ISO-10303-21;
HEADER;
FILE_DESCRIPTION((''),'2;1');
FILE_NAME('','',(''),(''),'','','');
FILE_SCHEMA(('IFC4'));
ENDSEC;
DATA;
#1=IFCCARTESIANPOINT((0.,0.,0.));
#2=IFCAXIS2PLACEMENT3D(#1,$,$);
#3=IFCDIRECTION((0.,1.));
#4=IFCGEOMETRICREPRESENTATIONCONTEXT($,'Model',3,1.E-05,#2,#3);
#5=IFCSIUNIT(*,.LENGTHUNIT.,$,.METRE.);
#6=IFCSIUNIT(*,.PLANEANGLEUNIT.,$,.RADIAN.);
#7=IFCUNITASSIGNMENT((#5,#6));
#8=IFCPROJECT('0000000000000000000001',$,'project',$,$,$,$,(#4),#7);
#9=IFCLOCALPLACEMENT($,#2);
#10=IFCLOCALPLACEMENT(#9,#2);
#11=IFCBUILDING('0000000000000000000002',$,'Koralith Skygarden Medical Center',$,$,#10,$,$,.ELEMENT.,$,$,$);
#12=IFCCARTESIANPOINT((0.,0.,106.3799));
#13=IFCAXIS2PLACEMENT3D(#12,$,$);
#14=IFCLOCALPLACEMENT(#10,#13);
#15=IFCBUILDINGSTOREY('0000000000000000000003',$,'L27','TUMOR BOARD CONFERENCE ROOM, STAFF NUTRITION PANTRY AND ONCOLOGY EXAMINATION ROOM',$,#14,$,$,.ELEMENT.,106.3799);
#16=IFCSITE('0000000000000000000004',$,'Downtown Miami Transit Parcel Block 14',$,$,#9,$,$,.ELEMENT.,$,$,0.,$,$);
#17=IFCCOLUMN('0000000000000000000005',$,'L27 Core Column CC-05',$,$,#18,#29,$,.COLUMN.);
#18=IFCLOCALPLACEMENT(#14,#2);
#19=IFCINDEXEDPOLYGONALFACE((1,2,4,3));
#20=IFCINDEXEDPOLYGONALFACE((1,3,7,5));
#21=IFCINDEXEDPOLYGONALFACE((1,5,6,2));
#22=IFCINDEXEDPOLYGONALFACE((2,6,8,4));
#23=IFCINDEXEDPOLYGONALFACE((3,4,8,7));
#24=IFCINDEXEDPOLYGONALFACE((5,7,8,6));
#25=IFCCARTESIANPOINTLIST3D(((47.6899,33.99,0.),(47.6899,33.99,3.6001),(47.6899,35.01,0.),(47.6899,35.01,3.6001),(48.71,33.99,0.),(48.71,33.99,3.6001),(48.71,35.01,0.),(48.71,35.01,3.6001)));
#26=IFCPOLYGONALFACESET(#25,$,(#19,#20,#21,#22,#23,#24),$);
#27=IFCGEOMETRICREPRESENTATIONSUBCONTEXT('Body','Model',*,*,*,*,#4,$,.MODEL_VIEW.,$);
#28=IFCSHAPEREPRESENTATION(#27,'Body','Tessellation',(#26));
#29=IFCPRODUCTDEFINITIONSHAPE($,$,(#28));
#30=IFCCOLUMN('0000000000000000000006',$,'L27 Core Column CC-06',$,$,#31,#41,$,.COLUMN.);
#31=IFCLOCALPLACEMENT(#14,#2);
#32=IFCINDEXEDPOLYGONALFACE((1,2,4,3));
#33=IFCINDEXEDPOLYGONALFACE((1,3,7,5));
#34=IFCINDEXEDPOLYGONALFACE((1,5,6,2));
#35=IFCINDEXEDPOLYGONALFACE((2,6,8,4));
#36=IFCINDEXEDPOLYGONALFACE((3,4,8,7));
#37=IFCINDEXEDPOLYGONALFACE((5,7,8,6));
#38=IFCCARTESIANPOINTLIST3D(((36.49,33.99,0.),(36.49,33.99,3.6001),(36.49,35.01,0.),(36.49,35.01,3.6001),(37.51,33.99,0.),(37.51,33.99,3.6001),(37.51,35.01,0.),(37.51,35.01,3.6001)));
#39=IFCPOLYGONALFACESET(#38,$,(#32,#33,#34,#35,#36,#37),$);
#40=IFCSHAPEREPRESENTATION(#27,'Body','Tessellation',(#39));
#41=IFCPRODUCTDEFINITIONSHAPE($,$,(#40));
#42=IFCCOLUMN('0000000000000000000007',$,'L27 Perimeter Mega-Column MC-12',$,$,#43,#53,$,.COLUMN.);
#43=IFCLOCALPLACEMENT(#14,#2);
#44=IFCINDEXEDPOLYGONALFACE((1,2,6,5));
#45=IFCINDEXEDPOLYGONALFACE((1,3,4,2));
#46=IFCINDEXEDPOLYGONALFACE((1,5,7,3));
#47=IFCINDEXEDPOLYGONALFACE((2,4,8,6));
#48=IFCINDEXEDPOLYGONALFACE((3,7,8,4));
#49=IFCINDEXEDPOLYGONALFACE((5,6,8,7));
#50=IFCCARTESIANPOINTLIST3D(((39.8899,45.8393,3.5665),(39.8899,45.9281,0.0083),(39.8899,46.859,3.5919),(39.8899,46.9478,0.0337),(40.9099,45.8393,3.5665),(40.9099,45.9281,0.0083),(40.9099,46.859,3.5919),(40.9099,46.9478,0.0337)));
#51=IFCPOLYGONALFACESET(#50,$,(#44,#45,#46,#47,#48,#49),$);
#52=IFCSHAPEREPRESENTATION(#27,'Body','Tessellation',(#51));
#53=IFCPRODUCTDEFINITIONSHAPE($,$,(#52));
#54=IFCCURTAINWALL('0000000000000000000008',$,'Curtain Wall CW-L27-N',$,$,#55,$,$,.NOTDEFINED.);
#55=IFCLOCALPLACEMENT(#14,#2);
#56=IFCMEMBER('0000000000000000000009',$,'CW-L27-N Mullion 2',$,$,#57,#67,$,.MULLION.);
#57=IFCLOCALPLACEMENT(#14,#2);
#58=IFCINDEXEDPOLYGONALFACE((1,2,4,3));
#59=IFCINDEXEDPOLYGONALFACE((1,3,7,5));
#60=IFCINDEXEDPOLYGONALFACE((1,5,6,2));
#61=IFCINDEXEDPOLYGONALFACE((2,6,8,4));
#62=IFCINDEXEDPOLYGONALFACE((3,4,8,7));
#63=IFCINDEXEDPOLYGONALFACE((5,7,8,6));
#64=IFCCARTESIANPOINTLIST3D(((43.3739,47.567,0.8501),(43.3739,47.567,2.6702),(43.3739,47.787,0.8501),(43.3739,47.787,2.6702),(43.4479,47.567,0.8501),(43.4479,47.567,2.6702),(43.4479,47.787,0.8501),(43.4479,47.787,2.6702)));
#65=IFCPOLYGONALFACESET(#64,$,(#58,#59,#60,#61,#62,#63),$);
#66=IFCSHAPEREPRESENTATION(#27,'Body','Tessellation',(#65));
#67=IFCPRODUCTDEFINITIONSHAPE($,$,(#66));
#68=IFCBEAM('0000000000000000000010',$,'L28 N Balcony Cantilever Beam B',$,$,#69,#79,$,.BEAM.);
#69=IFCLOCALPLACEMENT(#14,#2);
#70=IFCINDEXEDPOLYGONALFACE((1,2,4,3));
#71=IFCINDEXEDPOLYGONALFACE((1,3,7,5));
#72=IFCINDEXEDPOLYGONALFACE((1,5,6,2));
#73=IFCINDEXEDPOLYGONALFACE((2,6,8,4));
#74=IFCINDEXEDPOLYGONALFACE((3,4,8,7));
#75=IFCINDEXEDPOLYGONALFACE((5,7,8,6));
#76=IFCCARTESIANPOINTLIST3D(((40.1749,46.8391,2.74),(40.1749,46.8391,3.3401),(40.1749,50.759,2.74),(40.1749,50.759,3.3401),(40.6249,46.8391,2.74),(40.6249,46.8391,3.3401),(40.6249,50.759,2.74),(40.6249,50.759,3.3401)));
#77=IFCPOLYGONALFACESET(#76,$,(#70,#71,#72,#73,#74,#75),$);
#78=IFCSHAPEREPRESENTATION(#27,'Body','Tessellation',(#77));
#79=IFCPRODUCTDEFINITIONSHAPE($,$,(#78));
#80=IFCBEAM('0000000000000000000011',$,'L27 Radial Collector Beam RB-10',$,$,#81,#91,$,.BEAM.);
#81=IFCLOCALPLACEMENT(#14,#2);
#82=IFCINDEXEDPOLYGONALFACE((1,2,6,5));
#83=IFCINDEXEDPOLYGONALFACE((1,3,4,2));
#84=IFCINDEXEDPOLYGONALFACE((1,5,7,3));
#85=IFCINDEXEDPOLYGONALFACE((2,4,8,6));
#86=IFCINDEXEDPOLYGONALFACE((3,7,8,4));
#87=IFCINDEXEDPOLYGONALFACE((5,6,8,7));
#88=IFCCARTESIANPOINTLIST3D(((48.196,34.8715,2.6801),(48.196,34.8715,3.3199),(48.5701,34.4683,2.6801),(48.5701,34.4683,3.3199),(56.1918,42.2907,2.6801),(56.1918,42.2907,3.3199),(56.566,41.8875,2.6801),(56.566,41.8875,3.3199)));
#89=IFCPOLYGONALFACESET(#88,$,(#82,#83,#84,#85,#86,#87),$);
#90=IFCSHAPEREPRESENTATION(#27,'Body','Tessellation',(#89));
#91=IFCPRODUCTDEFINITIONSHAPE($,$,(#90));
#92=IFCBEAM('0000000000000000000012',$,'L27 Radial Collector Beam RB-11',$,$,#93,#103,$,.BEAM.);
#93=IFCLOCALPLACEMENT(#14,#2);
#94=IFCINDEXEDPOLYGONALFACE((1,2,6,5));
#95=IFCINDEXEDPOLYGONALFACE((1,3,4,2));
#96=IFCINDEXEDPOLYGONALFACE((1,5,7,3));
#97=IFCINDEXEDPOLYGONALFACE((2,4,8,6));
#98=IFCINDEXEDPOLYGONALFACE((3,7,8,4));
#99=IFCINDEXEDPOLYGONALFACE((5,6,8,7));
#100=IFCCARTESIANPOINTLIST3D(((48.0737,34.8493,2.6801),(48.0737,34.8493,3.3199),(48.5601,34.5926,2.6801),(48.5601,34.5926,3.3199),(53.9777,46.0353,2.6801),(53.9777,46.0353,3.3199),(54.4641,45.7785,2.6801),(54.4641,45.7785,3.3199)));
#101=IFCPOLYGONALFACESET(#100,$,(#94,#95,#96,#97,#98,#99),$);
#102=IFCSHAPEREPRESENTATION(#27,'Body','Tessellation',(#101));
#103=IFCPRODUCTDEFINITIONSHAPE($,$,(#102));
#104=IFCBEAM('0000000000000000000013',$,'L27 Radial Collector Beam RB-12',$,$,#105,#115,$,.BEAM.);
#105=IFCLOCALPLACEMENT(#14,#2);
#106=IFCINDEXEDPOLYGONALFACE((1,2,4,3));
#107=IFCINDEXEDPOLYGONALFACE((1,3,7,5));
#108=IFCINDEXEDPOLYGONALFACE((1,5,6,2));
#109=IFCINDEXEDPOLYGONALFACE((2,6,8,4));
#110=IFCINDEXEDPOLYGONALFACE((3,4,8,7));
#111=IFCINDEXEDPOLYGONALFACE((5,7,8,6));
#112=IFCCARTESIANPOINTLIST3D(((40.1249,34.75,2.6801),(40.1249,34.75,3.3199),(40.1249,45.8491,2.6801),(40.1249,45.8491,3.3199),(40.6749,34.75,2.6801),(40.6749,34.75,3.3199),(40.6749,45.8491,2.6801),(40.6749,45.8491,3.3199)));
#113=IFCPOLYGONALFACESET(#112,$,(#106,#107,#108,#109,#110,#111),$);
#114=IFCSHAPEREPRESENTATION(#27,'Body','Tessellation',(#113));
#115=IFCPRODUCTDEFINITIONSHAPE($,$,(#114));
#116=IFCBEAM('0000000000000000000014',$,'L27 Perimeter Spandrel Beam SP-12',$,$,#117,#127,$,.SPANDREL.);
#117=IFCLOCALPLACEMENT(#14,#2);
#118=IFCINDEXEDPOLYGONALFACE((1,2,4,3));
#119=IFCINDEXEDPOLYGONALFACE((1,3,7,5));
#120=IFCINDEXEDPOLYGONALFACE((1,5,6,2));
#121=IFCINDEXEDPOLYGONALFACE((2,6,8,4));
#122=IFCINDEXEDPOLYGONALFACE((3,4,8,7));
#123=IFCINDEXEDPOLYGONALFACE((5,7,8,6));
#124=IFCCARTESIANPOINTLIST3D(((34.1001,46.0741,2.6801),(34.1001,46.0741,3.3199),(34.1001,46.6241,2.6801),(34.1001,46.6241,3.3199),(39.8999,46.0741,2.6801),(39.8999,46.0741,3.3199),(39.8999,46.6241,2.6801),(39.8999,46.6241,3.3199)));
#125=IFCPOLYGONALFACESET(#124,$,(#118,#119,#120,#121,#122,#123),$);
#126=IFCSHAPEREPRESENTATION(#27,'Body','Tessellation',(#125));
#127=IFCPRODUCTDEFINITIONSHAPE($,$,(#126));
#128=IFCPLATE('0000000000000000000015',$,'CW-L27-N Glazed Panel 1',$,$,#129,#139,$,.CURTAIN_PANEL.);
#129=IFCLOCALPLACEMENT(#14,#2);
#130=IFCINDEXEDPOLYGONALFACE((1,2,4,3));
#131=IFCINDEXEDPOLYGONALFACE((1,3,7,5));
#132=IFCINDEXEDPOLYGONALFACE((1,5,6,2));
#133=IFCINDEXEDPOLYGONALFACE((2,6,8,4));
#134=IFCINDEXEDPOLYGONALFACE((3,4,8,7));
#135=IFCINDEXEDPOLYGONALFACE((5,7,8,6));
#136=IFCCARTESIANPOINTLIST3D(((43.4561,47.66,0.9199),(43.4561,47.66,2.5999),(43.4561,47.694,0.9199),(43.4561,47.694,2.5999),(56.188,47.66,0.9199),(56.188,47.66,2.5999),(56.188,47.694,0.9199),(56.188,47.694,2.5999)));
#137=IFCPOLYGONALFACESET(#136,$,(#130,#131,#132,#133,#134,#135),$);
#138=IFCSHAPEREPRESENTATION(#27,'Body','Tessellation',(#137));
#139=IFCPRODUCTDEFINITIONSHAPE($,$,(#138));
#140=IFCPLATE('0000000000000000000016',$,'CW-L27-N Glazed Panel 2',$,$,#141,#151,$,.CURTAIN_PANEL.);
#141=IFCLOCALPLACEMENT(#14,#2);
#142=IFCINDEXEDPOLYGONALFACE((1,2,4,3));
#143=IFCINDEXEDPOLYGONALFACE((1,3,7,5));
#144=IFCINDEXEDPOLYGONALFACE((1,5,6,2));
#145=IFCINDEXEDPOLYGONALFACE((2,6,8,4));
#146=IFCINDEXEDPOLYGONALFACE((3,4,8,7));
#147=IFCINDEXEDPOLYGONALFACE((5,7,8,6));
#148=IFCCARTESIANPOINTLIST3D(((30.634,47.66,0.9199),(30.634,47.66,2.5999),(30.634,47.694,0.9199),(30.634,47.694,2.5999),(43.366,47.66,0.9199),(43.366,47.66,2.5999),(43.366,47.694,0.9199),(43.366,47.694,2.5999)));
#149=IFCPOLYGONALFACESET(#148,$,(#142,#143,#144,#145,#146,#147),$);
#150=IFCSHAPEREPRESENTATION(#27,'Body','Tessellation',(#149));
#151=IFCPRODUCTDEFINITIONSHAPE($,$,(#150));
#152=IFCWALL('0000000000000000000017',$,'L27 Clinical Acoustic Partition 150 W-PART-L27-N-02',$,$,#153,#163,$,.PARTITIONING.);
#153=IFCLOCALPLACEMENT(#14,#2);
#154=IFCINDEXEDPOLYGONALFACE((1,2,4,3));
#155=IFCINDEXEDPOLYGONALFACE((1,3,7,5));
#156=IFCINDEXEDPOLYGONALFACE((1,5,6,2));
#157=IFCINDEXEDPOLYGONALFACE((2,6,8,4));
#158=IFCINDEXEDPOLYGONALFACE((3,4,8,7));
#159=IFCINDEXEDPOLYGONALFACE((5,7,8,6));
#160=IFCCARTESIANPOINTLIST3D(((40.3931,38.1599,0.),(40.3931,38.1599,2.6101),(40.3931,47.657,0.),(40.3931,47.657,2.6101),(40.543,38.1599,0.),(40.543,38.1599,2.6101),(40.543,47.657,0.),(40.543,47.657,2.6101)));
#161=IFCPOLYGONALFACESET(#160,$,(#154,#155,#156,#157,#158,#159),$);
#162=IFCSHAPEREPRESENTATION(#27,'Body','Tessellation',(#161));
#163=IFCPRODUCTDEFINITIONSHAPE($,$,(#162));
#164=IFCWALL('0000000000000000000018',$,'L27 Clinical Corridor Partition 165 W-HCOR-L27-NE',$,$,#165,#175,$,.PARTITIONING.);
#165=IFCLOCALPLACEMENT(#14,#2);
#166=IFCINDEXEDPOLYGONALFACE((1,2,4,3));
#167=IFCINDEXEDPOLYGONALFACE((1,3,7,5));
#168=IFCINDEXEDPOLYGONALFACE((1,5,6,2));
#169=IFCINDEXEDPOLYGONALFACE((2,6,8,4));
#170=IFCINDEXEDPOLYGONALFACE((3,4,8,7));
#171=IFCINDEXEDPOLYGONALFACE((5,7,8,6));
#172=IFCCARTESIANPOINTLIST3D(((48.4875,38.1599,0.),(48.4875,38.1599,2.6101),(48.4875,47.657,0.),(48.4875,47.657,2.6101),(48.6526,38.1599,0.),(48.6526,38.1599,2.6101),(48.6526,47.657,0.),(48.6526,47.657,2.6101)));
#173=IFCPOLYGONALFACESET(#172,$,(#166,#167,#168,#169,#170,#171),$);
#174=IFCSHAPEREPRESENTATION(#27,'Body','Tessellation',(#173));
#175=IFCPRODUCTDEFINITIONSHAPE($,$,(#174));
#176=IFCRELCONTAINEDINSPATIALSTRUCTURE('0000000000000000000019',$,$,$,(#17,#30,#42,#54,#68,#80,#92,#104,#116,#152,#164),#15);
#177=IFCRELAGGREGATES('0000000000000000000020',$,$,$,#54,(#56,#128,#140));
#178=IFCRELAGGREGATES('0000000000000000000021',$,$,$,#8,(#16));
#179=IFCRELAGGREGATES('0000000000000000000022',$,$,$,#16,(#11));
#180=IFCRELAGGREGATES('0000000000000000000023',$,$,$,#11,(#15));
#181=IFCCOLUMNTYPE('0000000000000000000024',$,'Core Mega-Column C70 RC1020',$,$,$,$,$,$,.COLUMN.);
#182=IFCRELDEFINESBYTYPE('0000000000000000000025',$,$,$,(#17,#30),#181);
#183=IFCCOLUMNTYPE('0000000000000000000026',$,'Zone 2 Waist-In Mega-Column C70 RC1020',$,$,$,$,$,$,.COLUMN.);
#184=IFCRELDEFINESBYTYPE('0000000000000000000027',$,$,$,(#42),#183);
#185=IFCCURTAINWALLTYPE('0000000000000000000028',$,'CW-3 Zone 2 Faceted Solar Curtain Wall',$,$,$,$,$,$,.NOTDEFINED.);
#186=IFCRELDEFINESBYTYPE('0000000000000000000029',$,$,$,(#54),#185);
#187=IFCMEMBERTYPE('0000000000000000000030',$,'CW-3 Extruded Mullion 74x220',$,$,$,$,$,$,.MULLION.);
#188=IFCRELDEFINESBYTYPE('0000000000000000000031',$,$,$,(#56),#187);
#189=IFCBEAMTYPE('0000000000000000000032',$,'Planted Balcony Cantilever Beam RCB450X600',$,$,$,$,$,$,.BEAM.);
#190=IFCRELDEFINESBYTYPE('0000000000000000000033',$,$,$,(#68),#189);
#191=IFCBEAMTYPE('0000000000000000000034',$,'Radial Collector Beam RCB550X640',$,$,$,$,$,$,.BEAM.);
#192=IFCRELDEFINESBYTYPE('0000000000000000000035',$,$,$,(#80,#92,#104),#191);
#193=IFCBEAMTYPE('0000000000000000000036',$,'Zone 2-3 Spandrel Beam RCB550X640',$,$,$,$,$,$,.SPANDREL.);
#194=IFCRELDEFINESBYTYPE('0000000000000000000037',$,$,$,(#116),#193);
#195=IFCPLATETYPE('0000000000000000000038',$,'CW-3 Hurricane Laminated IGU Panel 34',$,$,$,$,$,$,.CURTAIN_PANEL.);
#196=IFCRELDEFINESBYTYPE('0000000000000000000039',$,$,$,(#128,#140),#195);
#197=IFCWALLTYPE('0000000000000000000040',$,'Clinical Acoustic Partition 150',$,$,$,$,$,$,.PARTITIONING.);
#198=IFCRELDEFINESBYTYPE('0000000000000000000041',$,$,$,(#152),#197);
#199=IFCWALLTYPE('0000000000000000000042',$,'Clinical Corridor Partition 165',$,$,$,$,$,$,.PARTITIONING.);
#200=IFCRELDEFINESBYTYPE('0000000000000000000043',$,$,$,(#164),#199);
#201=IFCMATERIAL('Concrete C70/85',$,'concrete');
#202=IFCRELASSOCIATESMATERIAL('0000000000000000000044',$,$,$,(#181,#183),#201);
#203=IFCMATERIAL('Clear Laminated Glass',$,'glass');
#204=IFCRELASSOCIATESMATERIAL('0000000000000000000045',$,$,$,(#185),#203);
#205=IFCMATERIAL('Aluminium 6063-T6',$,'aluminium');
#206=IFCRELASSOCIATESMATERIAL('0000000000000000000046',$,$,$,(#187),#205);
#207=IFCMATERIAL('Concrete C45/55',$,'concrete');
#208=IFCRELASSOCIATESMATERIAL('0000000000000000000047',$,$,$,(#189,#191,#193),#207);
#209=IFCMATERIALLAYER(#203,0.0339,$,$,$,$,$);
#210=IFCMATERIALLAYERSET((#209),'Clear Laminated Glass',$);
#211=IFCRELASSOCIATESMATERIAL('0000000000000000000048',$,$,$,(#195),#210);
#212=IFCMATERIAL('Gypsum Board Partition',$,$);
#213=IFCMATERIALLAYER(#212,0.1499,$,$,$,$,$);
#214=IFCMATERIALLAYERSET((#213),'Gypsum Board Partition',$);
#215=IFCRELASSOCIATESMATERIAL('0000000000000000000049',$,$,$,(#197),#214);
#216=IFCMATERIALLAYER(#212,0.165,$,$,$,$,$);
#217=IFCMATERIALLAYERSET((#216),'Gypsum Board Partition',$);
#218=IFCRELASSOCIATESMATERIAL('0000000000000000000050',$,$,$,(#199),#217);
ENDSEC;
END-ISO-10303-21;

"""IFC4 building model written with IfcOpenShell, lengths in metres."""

from ifc_helpers import new_model, si_unit, direction, frame, frame_2d, origin, origin_2d, place, context, subcontext, project, spatial, rectangle, extrude, material, layer, layer_set, material_profile, profile_set, type_object, element, aggregate, save


model = new_model("IFC4")

# Units and contexts
model_context = context("Model", 3, precision=1e-05, world=origin(), true_north=direction((0.0, 1.0)))
body_context = subcontext(model_context, "Body", "Model", "MODEL_VIEW")
ifc_project = project(units=[si_unit("LENGTHUNIT", "METRE"), si_unit("PLANEANGLEUNIT", "RADIAN")], contexts=[model_context])

# Site, building, storey
site_placement = place(None, origin())
site = spatial("IfcSite", under=ifc_project, at=site_placement, Name="Downtown Miami Transit Parcel Block 14", CompositionType="ELEMENT", RefElevation=0.0)
building_placement = place(site_placement, origin())
building = spatial("IfcBuilding", under=site, at=building_placement, Name="Koralith Skygarden Medical Center", CompositionType="ELEMENT")
storey_placement = place(building_placement, frame((0.0, 0.0, 106.3799)))
storey = spatial("IfcBuildingStorey", under=building, at=storey_placement, Name="L27", Description="TUMOR BOARD CONFERENCE ROOM, STAFF NUTRITION PANTRY AND ONCOLOGY EXAMINATION ROOM", CompositionType="ELEMENT", Elevation=106.3799)

# Columns
ifc_material_1 = material(Name="Concrete C70/85", Category="concrete")
ifc_material_profile_1 = material_profile(ifc_material_1, rectangle(XDim=1.02, YDim=1.02, at=origin_2d()), Name="RC1020X1020")
ifc_profile_set_1 = profile_set([ifc_material_profile_1], Name="Concrete C70/85")
column_type_1 = type_object("IfcColumnType", Name="Core Mega-Column C70 RC1020", PredefinedType="COLUMN", material=ifc_profile_set_1)
for number, where, z_axis, x_axis, name in (
    (1, (48.2, 34.5, 0.0), (0.0, 0.0, 1.0), (1.0, 0.0, 0.0), "L27 Core Column CC-05"),
    (2, (37.0, 34.5, 0.0), (0.0, 0.0, 1.0), (1.0, 0.0, 0.0), "L27 Core Column CC-06"),
):
    element("IfcColumn", number, at=place(storey_placement, frame(where, z_axis=z_axis, x_axis=x_axis)), inside=storey, type_object=column_type_1, Name=name, PredefinedType="COLUMN", context=body_context, shape_type="SweptSolid", body=[
        extrude(rectangle(XDim=1.02, YDim=1.02, at=origin_2d()), origin(), (0.0, 0.0, 1.0), 3.6001),
    ])
ifc_material_profile_2 = material_profile(ifc_material_1, rectangle(XDim=1.02, YDim=1.02, at=origin_2d()), Name="RC1020X1020")
ifc_profile_set_2 = profile_set([ifc_material_profile_2], Name="Concrete C70/85")
column_type_2 = type_object("IfcColumnType", Name="Zone 2 Waist-In Mega-Column C70 RC1020", PredefinedType="COLUMN", material=ifc_profile_set_2)
column_placement = place(storey_placement, frame((40.3999, 46.438, 0.021), z_axis=(0.0, -0.024968, 0.999688), x_axis=(1.0, 0.0, 0.0)))
element("IfcColumn", 3, at=column_placement, inside=storey, type_object=column_type_2, Name="L27 Perimeter Mega-Column MC-12", PredefinedType="COLUMN", context=body_context, shape_type="SweptSolid", body=[
    extrude(rectangle(XDim=1.02, YDim=1.02, at=origin_2d()), origin(), (0.0, 0.0, 1.0), 3.5593),
])

# Curtain wall, member
ifc_material_2 = material(Name="Clear Laminated Glass", Category="glass")
curtain_wall_type = type_object("IfcCurtainWallType", Name="CW-3 Zone 2 Faceted Solar Curtain Wall", PredefinedType="NOTDEFINED", material=ifc_material_2)
curtain_wall_placement = place(storey_placement, origin())
curtain_wall = element("IfcCurtainWall", 4, at=curtain_wall_placement, inside=storey, type_object=curtain_wall_type, Name="Curtain Wall CW-L27-N", PredefinedType="NOTDEFINED")
ifc_material_3 = material(Name="Aluminium 6063-T6", Category="aluminium")
ifc_material_profile_3 = material_profile(ifc_material_3, rectangle(XDim=0.074, YDim=0.22, at=origin_2d()), Name="MUL74X220")
ifc_profile_set_3 = profile_set([ifc_material_profile_3], Name="Aluminium 6063-T6")
member_type = type_object("IfcMemberType", Name="CW-3 Extruded Mullion 74x220", PredefinedType="MULLION", material=ifc_profile_set_3)
member_placement = place(storey_placement, frame((43.4109, 47.677, 0.8501), z_axis=(0.0, 0.0, 1.0), x_axis=(1.0, 0.0, 0.0)))
member = element("IfcMember", 5, at=member_placement, type_object=member_type, Name="CW-L27-N Mullion 2", PredefinedType="MULLION", context=body_context, shape_type="SweptSolid", body=[
    extrude(rectangle(XDim=0.074, YDim=0.22, at=origin_2d()), origin(), (0.0, 0.0, 1.0), 1.8201),
])

# Beams
ifc_material_4 = material(Name="Concrete C45/55", Category="concrete")
ifc_material_profile_4 = material_profile(ifc_material_4, rectangle(XDim=0.45, YDim=0.6001, at=origin_2d()), Name="RCB450X600")
ifc_profile_set_4 = profile_set([ifc_material_profile_4], Name="Concrete C45/55")
beam_type_1 = type_object("IfcBeamType", Name="Planted Balcony Cantilever Beam RCB450X600", PredefinedType="BEAM", material=ifc_profile_set_4)
beam_1_placement = place(storey_placement, frame((40.3999, 46.8391, 3.04), z_axis=(0.0, 1.0, 0.0), x_axis=(-1.0, 0.0, 0.0)))
element("IfcBeam", 6, at=beam_1_placement, inside=storey, type_object=beam_type_1, Name="L28 N Balcony Cantilever Beam B", PredefinedType="BEAM", context=body_context, shape_type="SweptSolid", body=[
    extrude(rectangle(XDim=0.45, YDim=0.6001, at=origin_2d()), origin(), (0.0, 0.0, 1.0), 3.9199),
])
ifc_material_profile_5 = material_profile(ifc_material_4, rectangle(XDim=0.55, YDim=0.6399, at=origin_2d()), Name="RCB550X640")
ifc_profile_set_5 = profile_set([ifc_material_profile_5], Name="Concrete C45/55")
beam_type_2 = type_object("IfcBeamType", Name="Radial Collector Beam RCB550X640", PredefinedType="BEAM", material=ifc_profile_set_5)
beam_2_placement = place(storey_placement, frame((48.3831, 34.6699, 3.0), z_axis=(0.733046, 0.680179, 0.0), x_axis=(-0.680179, 0.733046, 0.0)))
element("IfcBeam", 7, at=beam_2_placement, inside=storey, type_object=beam_type_2, Name="L27 Radial Collector Beam RB-10", PredefinedType="BEAM", context=body_context, shape_type="SweptSolid", body=[
    extrude(rectangle(XDim=0.55, YDim=0.6399, at=origin_2d()), origin(), (0.0, 0.0, 1.0), 10.9077),
])
beam_3_placement = place(storey_placement, frame((48.3169, 34.7209, 3.0), z_axis=(0.466778, 0.884375, 0.0), x_axis=(-0.884375, 0.466778, 0.0)))
element("IfcBeam", 8, at=beam_3_placement, inside=storey, type_object=beam_type_2, Name="L27 Radial Collector Beam RB-11", PredefinedType="BEAM", context=body_context, shape_type="SweptSolid", body=[
    extrude(rectangle(XDim=0.55, YDim=0.6399, at=origin_2d()), origin(), (0.0, 0.0, 1.0), 12.6484),
])
beam_4_placement = place(storey_placement, frame((40.3999, 34.75, 3.0), z_axis=(0.0, 1.0, 0.0), x_axis=(-1.0, 0.0, 0.0)))
element("IfcBeam", 9, at=beam_4_placement, inside=storey, type_object=beam_type_2, Name="L27 Radial Collector Beam RB-12", PredefinedType="BEAM", context=body_context, shape_type="SweptSolid", body=[
    extrude(rectangle(XDim=0.55, YDim=0.6399, at=origin_2d()), origin(), (0.0, 0.0, 1.0), 11.0991),
])
ifc_material_profile_6 = material_profile(ifc_material_4, rectangle(XDim=0.55, YDim=0.6399, at=origin_2d()), Name="RCB550X640")
ifc_profile_set_6 = profile_set([ifc_material_profile_6], Name="Concrete C45/55")
beam_type_3 = type_object("IfcBeamType", Name="Zone 2-3 Spandrel Beam RCB550X640", PredefinedType="SPANDREL", material=ifc_profile_set_6)
beam_5_placement = place(storey_placement, frame((39.8999, 46.3491, 3.0), z_axis=(-1.0, 0.0, 0.0), x_axis=(0.0, -1.0, 0.0)))
element("IfcBeam", 10, at=beam_5_placement, inside=storey, type_object=beam_type_3, Name="L27 Perimeter Spandrel Beam SP-12", PredefinedType="SPANDREL", context=body_context, shape_type="SweptSolid", body=[
    extrude(rectangle(XDim=0.55, YDim=0.6399, at=origin_2d()), origin(), (0.0, 0.0, 1.0), 5.7998),
])

# Plates
ifc_layer_1 = layer(ifc_material_2, 0.0339)
ifc_layer_set_1 = layer_set([ifc_layer_1], Name="Clear Laminated Glass")
plate_type = type_object("IfcPlateType", Name="CW-3 Hurricane Laminated IGU Panel 34", PredefinedType="CURTAIN_PANEL", material=ifc_layer_set_1)
plate_1_placement = place(storey_placement, frame((49.822, 47.677, 0.9199), z_axis=(0.0, 0.0, 1.0), x_axis=(-1.0, 0.0, 0.0)))
plate_1 = element("IfcPlate", 11, at=plate_1_placement, type_object=plate_type, Name="CW-L27-N Glazed Panel 1", PredefinedType="CURTAIN_PANEL", context=body_context, shape_type="SweptSolid", body=[
    extrude(rectangle(XDim=12.7319, YDim=0.0339, at=origin_2d()), origin(), (0.0, 0.0, 1.0), 1.6799),
])
plate_2_placement = place(storey_placement, frame((37.0, 47.677, 0.9199), z_axis=(0.0, 0.0, 1.0), x_axis=(-1.0, 0.0, 0.0)))
plate_2 = element("IfcPlate", 12, at=plate_2_placement, type_object=plate_type, Name="CW-L27-N Glazed Panel 2", PredefinedType="CURTAIN_PANEL", context=body_context, shape_type="SweptSolid", body=[
    extrude(rectangle(XDim=12.7319, YDim=0.0339, at=origin_2d()), origin(), (0.0, 0.0, 1.0), 1.6799),
])
aggregate(curtain_wall, [member, plate_1, plate_2])

# Walls
ifc_material_5 = material(Name="Gypsum Board Partition")
ifc_layer_2 = layer(ifc_material_5, 0.1499)
ifc_layer_set_2 = layer_set([ifc_layer_2], Name="Gypsum Board Partition")
wall_type_1 = type_object("IfcWallType", Name="Clinical Acoustic Partition 150", PredefinedType="PARTITIONING", material=ifc_layer_set_2)
wall_1_placement = place(storey_placement, frame((40.468, 38.1599, 0.0), z_axis=(0.0, 0.0, 1.0), x_axis=(0.0, 1.0, 0.0)))
element("IfcWall", 13, at=wall_1_placement, inside=storey, type_object=wall_type_1, Name="L27 Clinical Acoustic Partition 150 W-PART-L27-N-02", PredefinedType="PARTITIONING", context=body_context, shape_type="SweptSolid", body=[
    extrude(rectangle(XDim=9.4971, YDim=0.1499, at=frame_2d((4.7485, 0.0))), origin(), (0.0, 0.0, 1.0), 2.6101),
])
ifc_layer_3 = layer(ifc_material_5, 0.165)
ifc_layer_set_3 = layer_set([ifc_layer_3], Name="Gypsum Board Partition")
wall_type_2 = type_object("IfcWallType", Name="Clinical Corridor Partition 165", PredefinedType="PARTITIONING", material=ifc_layer_set_3)
wall_2_placement = place(storey_placement, frame((48.5701, 38.1599, 0.0), z_axis=(0.0, 0.0, 1.0), x_axis=(0.0, 1.0, 0.0)))
element("IfcWall", 14, at=wall_2_placement, inside=storey, type_object=wall_type_2, Name="L27 Clinical Corridor Partition 165 W-HCOR-L27-NE", PredefinedType="PARTITIONING", context=body_context, shape_type="SweptSolid", body=[
    extrude(rectangle(XDim=9.4971, YDim=0.165, at=frame_2d((4.7485, 0.0))), origin(), (0.0, 0.0, 1.0), 2.6101),
])

save(model, "model.ifc")
